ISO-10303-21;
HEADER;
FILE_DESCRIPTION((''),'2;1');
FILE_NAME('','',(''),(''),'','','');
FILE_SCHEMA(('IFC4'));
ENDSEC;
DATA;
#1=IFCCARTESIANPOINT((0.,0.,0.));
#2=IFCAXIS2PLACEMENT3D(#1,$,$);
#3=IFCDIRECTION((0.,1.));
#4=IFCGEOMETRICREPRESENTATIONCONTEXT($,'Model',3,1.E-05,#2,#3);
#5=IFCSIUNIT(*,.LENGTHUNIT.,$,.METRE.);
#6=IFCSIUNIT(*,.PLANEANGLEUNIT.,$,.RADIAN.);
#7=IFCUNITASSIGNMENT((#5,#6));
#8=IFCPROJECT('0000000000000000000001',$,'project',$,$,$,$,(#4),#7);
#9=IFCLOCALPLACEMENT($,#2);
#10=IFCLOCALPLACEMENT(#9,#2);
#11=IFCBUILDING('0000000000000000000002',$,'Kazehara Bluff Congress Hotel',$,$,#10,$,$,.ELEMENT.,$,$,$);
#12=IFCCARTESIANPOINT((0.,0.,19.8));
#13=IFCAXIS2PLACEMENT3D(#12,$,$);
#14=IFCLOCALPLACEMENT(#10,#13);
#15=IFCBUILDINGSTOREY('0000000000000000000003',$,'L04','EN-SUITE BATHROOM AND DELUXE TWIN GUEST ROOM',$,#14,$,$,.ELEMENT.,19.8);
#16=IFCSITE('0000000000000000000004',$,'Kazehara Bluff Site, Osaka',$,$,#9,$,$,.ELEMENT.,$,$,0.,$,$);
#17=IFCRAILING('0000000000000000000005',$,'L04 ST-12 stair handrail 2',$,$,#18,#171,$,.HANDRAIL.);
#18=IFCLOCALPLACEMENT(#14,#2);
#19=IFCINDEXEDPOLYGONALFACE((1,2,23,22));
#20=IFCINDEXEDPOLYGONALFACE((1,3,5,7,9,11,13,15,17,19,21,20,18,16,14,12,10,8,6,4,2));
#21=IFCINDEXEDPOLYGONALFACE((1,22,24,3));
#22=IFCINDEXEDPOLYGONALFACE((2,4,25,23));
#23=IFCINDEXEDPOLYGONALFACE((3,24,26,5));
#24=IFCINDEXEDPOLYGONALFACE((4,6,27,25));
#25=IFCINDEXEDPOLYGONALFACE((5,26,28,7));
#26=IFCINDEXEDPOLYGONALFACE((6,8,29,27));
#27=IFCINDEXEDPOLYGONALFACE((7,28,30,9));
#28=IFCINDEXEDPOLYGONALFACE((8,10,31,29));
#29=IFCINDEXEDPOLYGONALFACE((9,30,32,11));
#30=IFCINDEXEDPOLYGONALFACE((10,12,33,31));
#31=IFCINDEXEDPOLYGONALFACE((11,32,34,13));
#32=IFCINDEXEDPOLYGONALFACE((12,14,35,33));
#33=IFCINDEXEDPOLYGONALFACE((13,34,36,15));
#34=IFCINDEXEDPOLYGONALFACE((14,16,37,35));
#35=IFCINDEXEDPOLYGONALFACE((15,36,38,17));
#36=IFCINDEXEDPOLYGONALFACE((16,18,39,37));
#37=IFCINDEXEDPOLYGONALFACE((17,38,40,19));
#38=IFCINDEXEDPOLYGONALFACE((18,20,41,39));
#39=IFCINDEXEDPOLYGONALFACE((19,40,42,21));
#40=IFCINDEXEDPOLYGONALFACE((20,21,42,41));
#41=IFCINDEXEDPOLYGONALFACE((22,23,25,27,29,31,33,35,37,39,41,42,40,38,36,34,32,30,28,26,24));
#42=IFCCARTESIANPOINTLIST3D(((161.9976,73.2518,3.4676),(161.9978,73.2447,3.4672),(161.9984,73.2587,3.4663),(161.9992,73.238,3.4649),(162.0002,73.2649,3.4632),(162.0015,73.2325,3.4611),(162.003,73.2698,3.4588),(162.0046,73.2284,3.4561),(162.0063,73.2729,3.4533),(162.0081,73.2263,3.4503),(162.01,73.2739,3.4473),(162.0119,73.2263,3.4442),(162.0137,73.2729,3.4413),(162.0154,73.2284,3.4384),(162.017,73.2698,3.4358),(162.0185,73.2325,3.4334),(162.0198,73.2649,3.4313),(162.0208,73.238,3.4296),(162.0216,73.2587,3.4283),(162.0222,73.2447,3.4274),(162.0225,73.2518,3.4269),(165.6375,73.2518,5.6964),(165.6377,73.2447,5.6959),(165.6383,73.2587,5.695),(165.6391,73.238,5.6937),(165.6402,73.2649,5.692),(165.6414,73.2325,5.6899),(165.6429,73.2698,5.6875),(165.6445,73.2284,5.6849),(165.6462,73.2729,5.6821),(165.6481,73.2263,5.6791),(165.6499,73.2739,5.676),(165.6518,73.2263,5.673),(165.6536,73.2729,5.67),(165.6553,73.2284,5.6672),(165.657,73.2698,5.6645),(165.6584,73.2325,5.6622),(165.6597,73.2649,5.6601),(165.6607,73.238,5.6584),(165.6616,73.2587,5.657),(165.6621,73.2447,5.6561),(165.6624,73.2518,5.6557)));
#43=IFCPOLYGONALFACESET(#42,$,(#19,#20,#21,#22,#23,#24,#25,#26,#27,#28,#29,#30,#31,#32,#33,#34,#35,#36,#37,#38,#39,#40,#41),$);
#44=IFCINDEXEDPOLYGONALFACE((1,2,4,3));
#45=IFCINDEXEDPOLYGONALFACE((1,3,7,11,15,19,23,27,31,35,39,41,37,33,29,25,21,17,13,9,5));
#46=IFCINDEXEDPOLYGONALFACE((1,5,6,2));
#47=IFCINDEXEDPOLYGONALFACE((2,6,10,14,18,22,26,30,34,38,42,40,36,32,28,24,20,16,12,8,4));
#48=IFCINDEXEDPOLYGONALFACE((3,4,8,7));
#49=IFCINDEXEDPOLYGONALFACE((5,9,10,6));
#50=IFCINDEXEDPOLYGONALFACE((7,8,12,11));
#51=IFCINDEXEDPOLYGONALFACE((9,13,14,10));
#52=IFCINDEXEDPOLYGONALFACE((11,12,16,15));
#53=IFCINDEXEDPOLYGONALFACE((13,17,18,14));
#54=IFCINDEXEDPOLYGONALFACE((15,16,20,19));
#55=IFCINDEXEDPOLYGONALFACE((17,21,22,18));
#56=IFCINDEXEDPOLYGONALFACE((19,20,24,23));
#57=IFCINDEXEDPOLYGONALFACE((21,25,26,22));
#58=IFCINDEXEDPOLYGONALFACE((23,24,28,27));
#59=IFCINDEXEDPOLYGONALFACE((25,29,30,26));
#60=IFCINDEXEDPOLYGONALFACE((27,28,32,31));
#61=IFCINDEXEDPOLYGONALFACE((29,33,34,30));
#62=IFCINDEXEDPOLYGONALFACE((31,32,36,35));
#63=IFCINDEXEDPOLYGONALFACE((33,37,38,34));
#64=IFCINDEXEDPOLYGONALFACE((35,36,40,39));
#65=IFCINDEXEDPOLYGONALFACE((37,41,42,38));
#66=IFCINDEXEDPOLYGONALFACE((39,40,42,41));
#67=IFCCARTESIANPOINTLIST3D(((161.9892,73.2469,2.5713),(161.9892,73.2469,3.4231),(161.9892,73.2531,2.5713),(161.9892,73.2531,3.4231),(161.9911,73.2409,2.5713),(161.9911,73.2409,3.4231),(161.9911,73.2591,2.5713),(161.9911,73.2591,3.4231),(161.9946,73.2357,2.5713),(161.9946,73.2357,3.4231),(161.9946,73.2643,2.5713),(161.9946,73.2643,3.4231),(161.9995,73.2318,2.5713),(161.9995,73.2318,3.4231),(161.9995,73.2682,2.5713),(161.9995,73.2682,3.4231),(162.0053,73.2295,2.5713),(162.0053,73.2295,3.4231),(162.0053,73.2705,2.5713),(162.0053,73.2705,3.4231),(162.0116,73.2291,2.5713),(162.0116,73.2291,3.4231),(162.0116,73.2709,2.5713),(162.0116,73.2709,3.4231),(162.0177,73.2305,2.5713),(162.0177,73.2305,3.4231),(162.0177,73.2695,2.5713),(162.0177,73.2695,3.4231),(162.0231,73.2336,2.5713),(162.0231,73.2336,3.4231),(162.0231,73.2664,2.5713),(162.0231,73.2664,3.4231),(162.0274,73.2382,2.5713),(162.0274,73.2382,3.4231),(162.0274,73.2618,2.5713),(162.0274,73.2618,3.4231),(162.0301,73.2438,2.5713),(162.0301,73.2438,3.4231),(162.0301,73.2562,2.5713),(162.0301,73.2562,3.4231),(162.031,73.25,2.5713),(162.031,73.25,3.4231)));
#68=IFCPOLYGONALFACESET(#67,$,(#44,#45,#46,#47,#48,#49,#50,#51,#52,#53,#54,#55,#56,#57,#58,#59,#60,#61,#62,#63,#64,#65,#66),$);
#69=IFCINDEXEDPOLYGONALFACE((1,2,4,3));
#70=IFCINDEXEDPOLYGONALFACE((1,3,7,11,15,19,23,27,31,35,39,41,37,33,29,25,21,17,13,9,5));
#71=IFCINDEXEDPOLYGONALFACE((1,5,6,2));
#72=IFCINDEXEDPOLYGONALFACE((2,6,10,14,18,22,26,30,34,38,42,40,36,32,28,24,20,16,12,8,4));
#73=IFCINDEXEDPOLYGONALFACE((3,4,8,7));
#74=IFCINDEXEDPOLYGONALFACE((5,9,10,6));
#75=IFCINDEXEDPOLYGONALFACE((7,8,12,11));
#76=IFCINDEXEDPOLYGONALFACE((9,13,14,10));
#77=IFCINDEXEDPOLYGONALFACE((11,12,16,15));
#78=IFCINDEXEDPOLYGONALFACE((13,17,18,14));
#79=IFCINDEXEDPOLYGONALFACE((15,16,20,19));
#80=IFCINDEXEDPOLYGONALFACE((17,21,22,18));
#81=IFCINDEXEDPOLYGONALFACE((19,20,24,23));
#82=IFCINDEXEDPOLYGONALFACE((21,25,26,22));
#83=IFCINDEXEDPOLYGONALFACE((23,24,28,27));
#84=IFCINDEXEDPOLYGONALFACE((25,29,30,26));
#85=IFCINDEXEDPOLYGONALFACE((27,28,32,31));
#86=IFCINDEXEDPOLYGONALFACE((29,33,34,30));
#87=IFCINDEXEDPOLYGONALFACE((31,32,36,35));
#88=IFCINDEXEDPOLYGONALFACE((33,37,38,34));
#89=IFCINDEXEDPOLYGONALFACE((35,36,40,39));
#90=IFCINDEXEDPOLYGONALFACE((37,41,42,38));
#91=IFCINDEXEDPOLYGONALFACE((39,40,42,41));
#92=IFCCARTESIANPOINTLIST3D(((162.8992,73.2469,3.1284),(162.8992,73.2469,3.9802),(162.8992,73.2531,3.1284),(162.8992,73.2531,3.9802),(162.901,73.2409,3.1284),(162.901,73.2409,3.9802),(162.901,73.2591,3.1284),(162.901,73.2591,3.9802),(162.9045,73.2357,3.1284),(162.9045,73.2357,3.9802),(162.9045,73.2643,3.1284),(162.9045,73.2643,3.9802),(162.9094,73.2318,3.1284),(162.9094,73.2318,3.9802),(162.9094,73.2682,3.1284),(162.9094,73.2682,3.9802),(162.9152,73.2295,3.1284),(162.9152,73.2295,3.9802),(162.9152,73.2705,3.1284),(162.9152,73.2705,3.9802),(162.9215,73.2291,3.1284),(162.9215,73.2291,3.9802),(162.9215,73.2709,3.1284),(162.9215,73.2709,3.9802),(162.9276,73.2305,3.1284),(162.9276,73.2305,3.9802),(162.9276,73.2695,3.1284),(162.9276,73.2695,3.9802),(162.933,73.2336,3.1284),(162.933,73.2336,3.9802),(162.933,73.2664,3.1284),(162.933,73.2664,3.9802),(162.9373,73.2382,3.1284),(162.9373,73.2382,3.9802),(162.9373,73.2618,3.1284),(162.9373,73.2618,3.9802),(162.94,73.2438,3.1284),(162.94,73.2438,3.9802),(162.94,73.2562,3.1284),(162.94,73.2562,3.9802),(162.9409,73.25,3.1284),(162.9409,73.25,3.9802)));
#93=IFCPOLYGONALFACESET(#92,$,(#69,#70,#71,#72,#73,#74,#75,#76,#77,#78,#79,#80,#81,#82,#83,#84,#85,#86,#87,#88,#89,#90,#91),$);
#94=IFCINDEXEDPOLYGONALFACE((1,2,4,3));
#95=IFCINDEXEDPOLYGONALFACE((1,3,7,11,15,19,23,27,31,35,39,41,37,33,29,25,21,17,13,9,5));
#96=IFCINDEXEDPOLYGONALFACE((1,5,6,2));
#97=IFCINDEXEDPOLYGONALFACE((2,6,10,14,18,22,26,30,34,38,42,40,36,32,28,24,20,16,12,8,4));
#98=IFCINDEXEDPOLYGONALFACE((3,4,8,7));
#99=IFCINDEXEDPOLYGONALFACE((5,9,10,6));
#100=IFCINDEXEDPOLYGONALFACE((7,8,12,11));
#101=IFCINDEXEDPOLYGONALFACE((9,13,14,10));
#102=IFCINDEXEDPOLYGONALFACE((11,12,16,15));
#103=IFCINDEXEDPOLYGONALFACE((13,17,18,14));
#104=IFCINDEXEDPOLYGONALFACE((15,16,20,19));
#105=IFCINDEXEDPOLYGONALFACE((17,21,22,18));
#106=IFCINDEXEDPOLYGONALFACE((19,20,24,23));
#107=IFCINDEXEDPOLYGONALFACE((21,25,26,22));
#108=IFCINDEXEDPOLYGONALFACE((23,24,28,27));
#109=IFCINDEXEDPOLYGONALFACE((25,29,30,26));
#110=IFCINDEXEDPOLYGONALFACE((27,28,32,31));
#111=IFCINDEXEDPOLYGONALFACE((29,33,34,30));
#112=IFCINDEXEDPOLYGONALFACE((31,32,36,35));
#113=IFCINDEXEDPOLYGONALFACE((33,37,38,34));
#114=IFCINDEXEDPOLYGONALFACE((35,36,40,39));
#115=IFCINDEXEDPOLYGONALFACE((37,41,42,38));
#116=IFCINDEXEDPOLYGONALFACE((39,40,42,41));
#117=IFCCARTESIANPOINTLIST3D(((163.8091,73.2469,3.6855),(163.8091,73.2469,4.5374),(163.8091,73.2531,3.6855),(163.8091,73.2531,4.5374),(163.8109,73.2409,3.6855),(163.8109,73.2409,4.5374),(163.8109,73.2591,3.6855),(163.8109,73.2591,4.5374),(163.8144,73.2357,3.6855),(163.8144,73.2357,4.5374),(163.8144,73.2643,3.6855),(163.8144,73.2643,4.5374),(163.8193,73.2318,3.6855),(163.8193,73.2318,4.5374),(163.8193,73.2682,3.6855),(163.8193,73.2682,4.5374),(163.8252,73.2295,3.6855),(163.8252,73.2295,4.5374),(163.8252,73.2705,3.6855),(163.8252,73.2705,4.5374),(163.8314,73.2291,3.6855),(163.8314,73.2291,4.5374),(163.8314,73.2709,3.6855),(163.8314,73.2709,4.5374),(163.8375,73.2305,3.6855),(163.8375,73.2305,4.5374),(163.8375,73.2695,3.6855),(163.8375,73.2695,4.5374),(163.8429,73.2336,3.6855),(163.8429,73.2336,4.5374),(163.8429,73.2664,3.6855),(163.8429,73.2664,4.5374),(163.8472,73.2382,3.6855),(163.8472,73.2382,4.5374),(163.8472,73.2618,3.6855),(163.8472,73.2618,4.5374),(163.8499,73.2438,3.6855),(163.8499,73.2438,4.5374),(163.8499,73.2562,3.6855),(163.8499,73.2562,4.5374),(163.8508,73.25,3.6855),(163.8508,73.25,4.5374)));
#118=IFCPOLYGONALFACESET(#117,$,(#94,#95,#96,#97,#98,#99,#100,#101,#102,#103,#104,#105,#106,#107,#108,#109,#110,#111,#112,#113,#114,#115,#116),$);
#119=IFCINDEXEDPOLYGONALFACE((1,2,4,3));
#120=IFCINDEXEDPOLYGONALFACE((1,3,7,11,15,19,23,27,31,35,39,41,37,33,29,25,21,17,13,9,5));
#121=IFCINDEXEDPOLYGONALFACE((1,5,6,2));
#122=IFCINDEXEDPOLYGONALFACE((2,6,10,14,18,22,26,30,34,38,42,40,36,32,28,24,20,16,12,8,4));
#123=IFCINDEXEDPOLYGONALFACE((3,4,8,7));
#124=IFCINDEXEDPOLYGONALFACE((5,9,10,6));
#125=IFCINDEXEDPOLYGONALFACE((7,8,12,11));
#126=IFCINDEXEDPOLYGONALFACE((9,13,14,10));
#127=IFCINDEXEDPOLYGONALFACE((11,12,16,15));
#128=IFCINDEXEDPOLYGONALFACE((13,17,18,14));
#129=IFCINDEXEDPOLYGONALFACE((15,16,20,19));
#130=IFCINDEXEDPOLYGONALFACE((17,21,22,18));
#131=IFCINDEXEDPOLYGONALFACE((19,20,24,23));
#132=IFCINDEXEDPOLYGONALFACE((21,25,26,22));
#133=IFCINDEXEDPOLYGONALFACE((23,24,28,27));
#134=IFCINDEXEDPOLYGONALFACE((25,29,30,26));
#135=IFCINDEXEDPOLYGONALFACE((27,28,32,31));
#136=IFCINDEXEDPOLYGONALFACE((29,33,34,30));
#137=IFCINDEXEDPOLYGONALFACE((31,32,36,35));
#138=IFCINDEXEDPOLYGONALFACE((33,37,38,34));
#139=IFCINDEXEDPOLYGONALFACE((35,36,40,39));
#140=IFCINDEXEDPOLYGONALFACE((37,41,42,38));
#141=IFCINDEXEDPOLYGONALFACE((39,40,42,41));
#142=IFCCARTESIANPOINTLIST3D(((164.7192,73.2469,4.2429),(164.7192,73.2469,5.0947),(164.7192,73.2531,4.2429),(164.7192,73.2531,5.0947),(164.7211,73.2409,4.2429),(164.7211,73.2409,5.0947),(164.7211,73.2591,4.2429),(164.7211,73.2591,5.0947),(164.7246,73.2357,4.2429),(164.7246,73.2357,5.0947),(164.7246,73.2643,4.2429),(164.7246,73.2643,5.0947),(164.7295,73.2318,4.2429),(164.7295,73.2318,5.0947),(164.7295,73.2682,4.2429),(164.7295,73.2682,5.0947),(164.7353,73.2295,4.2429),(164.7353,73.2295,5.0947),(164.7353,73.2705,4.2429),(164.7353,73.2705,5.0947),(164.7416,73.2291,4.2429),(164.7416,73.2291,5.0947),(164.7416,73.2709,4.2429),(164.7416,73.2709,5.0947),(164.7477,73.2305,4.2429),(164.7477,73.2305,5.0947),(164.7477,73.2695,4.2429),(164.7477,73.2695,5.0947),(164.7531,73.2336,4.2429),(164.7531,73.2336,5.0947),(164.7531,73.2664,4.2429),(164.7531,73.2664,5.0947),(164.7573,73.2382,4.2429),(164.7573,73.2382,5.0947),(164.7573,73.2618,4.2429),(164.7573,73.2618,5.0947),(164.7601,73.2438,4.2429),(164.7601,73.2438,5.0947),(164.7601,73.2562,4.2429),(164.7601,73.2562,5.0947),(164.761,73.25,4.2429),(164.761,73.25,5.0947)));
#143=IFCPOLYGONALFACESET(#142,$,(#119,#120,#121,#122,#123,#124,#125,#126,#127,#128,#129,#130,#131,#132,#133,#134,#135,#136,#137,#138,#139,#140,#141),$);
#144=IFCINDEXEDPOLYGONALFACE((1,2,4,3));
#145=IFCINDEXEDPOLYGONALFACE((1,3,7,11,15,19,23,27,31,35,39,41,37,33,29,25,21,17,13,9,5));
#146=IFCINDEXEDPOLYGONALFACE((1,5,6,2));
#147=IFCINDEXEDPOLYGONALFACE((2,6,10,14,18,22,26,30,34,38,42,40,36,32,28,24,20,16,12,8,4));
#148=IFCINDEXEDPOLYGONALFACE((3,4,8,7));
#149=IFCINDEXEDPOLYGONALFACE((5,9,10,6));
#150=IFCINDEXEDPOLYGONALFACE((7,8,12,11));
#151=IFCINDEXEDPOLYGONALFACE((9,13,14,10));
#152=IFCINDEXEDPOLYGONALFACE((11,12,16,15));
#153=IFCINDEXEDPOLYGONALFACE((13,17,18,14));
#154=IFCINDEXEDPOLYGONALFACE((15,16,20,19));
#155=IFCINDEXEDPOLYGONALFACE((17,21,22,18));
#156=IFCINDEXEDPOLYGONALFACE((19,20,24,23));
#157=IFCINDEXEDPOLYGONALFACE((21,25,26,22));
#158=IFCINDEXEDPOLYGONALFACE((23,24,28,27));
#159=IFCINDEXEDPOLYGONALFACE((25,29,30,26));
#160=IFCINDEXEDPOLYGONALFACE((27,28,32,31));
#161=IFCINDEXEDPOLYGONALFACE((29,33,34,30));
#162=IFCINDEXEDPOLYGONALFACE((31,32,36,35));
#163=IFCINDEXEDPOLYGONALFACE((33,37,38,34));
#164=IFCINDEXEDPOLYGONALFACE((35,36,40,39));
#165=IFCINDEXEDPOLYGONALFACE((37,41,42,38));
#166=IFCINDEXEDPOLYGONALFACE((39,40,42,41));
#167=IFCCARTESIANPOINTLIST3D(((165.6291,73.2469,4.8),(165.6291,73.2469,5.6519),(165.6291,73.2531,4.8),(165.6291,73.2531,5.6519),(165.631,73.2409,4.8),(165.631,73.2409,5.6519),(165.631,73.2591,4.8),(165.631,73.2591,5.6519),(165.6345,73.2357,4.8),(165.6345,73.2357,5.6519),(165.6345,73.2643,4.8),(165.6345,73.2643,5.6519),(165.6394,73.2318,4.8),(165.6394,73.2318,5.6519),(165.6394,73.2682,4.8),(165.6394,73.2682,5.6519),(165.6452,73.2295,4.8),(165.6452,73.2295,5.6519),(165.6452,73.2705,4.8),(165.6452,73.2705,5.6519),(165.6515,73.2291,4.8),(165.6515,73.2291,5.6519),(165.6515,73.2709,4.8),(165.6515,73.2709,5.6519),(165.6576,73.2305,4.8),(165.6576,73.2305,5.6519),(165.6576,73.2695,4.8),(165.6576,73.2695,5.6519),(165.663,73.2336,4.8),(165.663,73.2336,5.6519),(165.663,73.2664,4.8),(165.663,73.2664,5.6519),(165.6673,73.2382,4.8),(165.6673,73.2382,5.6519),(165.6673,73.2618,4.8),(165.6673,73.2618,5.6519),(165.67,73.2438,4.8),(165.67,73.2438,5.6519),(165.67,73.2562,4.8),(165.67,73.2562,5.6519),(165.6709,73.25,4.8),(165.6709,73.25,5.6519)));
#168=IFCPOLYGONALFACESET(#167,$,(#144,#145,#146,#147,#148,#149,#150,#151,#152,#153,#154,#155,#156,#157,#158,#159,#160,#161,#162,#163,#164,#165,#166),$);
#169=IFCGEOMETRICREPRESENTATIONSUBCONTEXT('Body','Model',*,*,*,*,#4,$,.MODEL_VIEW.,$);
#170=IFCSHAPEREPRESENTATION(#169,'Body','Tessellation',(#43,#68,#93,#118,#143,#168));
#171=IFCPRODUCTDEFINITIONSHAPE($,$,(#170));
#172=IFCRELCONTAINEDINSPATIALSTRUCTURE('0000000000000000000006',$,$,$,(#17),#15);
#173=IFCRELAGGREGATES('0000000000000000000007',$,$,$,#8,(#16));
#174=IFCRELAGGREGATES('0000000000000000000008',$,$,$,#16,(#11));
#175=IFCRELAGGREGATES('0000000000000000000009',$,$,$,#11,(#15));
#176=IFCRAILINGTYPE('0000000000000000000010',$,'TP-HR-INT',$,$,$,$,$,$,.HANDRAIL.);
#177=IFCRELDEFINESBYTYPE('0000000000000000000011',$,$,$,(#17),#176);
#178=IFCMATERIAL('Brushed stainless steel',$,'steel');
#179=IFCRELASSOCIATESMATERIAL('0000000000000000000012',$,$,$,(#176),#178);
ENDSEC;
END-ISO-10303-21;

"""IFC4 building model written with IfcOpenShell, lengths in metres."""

from ifc_helpers import new_model, si_unit, direction, frame, origin, origin_2d, place, context, subcontext, project, spatial, circle, extrude, material, type_object, element, save


model = new_model("IFC4")

# Units and contexts
model_context = context("Model", 3, precision=1e-05, world=origin(), true_north=direction((0.0, 1.0)))
body_context = subcontext(model_context, "Body", "Model", "MODEL_VIEW")
ifc_project = project(units=[si_unit("LENGTHUNIT", "METRE"), si_unit("PLANEANGLEUNIT", "RADIAN")], contexts=[model_context])

# Site, building, storey
site_placement = place(None, origin())
site = spatial("IfcSite", under=ifc_project, at=site_placement, Name="Kazehara Bluff Site, Osaka", CompositionType="ELEMENT", RefElevation=0.0)
building_placement = place(site_placement, origin())
building = spatial("IfcBuilding", under=site, at=building_placement, Name="Kazehara Bluff Congress Hotel", CompositionType="ELEMENT")
storey_placement = place(building_placement, frame((0.0, 0.0, 19.8)))
storey = spatial("IfcBuildingStorey", under=building, at=storey_placement, Name="L04", Description="EN-SUITE BATHROOM AND DELUXE TWIN GUEST ROOM", CompositionType="ELEMENT", Elevation=19.8)

# Railing
ifc_material_1 = material(Name="Brushed stainless steel", Category="steel")
railing_type_1 = type_object("IfcRailingType", Name="TP-HR-INT", PredefinedType="HANDRAIL", material=ifc_material_1)
railing_1_placement = place(storey_placement, frame((162.01, 73.25, 2.5713)))
element("IfcRailing", 1, at=railing_1_placement, inside=storey, type_object=railing_type_1, Name="L04 ST-12 stair handrail 2", PredefinedType="HANDRAIL", context=body_context, shape_type="SweptSolid", body=[
    extrude(circle(Radius=0.0239, at=origin_2d()), frame((0.0, 0.0, 0.876), z_axis=(0.852825, 0.0, 0.522197), x_axis=(0.0, 1.0, 0.0)), (0.0, 0.0, 1.0), 4.2681),
    extrude(circle(Radius=0.021, at=origin_2d()), origin(), (0.0, 0.0, 1.0), 0.8518),
    extrude(circle(Radius=0.021, at=origin_2d()), frame((0.9099, 0.0, 0.5571)), (0.0, 0.0, 1.0), 0.8518),
    extrude(circle(Radius=0.021, at=origin_2d()), frame((1.8198, 0.0, 1.1143)), (0.0, 0.0, 1.0), 0.8518),
    extrude(circle(Radius=0.021, at=origin_2d()), frame((2.73, 0.0, 1.6716)), (0.0, 0.0, 1.0), 0.8518),
    extrude(circle(Radius=0.021, at=origin_2d()), frame((3.6399, 0.0, 2.2288)), (0.0, 0.0, 1.0), 0.8518),
])

save(model, "model.ifc")
